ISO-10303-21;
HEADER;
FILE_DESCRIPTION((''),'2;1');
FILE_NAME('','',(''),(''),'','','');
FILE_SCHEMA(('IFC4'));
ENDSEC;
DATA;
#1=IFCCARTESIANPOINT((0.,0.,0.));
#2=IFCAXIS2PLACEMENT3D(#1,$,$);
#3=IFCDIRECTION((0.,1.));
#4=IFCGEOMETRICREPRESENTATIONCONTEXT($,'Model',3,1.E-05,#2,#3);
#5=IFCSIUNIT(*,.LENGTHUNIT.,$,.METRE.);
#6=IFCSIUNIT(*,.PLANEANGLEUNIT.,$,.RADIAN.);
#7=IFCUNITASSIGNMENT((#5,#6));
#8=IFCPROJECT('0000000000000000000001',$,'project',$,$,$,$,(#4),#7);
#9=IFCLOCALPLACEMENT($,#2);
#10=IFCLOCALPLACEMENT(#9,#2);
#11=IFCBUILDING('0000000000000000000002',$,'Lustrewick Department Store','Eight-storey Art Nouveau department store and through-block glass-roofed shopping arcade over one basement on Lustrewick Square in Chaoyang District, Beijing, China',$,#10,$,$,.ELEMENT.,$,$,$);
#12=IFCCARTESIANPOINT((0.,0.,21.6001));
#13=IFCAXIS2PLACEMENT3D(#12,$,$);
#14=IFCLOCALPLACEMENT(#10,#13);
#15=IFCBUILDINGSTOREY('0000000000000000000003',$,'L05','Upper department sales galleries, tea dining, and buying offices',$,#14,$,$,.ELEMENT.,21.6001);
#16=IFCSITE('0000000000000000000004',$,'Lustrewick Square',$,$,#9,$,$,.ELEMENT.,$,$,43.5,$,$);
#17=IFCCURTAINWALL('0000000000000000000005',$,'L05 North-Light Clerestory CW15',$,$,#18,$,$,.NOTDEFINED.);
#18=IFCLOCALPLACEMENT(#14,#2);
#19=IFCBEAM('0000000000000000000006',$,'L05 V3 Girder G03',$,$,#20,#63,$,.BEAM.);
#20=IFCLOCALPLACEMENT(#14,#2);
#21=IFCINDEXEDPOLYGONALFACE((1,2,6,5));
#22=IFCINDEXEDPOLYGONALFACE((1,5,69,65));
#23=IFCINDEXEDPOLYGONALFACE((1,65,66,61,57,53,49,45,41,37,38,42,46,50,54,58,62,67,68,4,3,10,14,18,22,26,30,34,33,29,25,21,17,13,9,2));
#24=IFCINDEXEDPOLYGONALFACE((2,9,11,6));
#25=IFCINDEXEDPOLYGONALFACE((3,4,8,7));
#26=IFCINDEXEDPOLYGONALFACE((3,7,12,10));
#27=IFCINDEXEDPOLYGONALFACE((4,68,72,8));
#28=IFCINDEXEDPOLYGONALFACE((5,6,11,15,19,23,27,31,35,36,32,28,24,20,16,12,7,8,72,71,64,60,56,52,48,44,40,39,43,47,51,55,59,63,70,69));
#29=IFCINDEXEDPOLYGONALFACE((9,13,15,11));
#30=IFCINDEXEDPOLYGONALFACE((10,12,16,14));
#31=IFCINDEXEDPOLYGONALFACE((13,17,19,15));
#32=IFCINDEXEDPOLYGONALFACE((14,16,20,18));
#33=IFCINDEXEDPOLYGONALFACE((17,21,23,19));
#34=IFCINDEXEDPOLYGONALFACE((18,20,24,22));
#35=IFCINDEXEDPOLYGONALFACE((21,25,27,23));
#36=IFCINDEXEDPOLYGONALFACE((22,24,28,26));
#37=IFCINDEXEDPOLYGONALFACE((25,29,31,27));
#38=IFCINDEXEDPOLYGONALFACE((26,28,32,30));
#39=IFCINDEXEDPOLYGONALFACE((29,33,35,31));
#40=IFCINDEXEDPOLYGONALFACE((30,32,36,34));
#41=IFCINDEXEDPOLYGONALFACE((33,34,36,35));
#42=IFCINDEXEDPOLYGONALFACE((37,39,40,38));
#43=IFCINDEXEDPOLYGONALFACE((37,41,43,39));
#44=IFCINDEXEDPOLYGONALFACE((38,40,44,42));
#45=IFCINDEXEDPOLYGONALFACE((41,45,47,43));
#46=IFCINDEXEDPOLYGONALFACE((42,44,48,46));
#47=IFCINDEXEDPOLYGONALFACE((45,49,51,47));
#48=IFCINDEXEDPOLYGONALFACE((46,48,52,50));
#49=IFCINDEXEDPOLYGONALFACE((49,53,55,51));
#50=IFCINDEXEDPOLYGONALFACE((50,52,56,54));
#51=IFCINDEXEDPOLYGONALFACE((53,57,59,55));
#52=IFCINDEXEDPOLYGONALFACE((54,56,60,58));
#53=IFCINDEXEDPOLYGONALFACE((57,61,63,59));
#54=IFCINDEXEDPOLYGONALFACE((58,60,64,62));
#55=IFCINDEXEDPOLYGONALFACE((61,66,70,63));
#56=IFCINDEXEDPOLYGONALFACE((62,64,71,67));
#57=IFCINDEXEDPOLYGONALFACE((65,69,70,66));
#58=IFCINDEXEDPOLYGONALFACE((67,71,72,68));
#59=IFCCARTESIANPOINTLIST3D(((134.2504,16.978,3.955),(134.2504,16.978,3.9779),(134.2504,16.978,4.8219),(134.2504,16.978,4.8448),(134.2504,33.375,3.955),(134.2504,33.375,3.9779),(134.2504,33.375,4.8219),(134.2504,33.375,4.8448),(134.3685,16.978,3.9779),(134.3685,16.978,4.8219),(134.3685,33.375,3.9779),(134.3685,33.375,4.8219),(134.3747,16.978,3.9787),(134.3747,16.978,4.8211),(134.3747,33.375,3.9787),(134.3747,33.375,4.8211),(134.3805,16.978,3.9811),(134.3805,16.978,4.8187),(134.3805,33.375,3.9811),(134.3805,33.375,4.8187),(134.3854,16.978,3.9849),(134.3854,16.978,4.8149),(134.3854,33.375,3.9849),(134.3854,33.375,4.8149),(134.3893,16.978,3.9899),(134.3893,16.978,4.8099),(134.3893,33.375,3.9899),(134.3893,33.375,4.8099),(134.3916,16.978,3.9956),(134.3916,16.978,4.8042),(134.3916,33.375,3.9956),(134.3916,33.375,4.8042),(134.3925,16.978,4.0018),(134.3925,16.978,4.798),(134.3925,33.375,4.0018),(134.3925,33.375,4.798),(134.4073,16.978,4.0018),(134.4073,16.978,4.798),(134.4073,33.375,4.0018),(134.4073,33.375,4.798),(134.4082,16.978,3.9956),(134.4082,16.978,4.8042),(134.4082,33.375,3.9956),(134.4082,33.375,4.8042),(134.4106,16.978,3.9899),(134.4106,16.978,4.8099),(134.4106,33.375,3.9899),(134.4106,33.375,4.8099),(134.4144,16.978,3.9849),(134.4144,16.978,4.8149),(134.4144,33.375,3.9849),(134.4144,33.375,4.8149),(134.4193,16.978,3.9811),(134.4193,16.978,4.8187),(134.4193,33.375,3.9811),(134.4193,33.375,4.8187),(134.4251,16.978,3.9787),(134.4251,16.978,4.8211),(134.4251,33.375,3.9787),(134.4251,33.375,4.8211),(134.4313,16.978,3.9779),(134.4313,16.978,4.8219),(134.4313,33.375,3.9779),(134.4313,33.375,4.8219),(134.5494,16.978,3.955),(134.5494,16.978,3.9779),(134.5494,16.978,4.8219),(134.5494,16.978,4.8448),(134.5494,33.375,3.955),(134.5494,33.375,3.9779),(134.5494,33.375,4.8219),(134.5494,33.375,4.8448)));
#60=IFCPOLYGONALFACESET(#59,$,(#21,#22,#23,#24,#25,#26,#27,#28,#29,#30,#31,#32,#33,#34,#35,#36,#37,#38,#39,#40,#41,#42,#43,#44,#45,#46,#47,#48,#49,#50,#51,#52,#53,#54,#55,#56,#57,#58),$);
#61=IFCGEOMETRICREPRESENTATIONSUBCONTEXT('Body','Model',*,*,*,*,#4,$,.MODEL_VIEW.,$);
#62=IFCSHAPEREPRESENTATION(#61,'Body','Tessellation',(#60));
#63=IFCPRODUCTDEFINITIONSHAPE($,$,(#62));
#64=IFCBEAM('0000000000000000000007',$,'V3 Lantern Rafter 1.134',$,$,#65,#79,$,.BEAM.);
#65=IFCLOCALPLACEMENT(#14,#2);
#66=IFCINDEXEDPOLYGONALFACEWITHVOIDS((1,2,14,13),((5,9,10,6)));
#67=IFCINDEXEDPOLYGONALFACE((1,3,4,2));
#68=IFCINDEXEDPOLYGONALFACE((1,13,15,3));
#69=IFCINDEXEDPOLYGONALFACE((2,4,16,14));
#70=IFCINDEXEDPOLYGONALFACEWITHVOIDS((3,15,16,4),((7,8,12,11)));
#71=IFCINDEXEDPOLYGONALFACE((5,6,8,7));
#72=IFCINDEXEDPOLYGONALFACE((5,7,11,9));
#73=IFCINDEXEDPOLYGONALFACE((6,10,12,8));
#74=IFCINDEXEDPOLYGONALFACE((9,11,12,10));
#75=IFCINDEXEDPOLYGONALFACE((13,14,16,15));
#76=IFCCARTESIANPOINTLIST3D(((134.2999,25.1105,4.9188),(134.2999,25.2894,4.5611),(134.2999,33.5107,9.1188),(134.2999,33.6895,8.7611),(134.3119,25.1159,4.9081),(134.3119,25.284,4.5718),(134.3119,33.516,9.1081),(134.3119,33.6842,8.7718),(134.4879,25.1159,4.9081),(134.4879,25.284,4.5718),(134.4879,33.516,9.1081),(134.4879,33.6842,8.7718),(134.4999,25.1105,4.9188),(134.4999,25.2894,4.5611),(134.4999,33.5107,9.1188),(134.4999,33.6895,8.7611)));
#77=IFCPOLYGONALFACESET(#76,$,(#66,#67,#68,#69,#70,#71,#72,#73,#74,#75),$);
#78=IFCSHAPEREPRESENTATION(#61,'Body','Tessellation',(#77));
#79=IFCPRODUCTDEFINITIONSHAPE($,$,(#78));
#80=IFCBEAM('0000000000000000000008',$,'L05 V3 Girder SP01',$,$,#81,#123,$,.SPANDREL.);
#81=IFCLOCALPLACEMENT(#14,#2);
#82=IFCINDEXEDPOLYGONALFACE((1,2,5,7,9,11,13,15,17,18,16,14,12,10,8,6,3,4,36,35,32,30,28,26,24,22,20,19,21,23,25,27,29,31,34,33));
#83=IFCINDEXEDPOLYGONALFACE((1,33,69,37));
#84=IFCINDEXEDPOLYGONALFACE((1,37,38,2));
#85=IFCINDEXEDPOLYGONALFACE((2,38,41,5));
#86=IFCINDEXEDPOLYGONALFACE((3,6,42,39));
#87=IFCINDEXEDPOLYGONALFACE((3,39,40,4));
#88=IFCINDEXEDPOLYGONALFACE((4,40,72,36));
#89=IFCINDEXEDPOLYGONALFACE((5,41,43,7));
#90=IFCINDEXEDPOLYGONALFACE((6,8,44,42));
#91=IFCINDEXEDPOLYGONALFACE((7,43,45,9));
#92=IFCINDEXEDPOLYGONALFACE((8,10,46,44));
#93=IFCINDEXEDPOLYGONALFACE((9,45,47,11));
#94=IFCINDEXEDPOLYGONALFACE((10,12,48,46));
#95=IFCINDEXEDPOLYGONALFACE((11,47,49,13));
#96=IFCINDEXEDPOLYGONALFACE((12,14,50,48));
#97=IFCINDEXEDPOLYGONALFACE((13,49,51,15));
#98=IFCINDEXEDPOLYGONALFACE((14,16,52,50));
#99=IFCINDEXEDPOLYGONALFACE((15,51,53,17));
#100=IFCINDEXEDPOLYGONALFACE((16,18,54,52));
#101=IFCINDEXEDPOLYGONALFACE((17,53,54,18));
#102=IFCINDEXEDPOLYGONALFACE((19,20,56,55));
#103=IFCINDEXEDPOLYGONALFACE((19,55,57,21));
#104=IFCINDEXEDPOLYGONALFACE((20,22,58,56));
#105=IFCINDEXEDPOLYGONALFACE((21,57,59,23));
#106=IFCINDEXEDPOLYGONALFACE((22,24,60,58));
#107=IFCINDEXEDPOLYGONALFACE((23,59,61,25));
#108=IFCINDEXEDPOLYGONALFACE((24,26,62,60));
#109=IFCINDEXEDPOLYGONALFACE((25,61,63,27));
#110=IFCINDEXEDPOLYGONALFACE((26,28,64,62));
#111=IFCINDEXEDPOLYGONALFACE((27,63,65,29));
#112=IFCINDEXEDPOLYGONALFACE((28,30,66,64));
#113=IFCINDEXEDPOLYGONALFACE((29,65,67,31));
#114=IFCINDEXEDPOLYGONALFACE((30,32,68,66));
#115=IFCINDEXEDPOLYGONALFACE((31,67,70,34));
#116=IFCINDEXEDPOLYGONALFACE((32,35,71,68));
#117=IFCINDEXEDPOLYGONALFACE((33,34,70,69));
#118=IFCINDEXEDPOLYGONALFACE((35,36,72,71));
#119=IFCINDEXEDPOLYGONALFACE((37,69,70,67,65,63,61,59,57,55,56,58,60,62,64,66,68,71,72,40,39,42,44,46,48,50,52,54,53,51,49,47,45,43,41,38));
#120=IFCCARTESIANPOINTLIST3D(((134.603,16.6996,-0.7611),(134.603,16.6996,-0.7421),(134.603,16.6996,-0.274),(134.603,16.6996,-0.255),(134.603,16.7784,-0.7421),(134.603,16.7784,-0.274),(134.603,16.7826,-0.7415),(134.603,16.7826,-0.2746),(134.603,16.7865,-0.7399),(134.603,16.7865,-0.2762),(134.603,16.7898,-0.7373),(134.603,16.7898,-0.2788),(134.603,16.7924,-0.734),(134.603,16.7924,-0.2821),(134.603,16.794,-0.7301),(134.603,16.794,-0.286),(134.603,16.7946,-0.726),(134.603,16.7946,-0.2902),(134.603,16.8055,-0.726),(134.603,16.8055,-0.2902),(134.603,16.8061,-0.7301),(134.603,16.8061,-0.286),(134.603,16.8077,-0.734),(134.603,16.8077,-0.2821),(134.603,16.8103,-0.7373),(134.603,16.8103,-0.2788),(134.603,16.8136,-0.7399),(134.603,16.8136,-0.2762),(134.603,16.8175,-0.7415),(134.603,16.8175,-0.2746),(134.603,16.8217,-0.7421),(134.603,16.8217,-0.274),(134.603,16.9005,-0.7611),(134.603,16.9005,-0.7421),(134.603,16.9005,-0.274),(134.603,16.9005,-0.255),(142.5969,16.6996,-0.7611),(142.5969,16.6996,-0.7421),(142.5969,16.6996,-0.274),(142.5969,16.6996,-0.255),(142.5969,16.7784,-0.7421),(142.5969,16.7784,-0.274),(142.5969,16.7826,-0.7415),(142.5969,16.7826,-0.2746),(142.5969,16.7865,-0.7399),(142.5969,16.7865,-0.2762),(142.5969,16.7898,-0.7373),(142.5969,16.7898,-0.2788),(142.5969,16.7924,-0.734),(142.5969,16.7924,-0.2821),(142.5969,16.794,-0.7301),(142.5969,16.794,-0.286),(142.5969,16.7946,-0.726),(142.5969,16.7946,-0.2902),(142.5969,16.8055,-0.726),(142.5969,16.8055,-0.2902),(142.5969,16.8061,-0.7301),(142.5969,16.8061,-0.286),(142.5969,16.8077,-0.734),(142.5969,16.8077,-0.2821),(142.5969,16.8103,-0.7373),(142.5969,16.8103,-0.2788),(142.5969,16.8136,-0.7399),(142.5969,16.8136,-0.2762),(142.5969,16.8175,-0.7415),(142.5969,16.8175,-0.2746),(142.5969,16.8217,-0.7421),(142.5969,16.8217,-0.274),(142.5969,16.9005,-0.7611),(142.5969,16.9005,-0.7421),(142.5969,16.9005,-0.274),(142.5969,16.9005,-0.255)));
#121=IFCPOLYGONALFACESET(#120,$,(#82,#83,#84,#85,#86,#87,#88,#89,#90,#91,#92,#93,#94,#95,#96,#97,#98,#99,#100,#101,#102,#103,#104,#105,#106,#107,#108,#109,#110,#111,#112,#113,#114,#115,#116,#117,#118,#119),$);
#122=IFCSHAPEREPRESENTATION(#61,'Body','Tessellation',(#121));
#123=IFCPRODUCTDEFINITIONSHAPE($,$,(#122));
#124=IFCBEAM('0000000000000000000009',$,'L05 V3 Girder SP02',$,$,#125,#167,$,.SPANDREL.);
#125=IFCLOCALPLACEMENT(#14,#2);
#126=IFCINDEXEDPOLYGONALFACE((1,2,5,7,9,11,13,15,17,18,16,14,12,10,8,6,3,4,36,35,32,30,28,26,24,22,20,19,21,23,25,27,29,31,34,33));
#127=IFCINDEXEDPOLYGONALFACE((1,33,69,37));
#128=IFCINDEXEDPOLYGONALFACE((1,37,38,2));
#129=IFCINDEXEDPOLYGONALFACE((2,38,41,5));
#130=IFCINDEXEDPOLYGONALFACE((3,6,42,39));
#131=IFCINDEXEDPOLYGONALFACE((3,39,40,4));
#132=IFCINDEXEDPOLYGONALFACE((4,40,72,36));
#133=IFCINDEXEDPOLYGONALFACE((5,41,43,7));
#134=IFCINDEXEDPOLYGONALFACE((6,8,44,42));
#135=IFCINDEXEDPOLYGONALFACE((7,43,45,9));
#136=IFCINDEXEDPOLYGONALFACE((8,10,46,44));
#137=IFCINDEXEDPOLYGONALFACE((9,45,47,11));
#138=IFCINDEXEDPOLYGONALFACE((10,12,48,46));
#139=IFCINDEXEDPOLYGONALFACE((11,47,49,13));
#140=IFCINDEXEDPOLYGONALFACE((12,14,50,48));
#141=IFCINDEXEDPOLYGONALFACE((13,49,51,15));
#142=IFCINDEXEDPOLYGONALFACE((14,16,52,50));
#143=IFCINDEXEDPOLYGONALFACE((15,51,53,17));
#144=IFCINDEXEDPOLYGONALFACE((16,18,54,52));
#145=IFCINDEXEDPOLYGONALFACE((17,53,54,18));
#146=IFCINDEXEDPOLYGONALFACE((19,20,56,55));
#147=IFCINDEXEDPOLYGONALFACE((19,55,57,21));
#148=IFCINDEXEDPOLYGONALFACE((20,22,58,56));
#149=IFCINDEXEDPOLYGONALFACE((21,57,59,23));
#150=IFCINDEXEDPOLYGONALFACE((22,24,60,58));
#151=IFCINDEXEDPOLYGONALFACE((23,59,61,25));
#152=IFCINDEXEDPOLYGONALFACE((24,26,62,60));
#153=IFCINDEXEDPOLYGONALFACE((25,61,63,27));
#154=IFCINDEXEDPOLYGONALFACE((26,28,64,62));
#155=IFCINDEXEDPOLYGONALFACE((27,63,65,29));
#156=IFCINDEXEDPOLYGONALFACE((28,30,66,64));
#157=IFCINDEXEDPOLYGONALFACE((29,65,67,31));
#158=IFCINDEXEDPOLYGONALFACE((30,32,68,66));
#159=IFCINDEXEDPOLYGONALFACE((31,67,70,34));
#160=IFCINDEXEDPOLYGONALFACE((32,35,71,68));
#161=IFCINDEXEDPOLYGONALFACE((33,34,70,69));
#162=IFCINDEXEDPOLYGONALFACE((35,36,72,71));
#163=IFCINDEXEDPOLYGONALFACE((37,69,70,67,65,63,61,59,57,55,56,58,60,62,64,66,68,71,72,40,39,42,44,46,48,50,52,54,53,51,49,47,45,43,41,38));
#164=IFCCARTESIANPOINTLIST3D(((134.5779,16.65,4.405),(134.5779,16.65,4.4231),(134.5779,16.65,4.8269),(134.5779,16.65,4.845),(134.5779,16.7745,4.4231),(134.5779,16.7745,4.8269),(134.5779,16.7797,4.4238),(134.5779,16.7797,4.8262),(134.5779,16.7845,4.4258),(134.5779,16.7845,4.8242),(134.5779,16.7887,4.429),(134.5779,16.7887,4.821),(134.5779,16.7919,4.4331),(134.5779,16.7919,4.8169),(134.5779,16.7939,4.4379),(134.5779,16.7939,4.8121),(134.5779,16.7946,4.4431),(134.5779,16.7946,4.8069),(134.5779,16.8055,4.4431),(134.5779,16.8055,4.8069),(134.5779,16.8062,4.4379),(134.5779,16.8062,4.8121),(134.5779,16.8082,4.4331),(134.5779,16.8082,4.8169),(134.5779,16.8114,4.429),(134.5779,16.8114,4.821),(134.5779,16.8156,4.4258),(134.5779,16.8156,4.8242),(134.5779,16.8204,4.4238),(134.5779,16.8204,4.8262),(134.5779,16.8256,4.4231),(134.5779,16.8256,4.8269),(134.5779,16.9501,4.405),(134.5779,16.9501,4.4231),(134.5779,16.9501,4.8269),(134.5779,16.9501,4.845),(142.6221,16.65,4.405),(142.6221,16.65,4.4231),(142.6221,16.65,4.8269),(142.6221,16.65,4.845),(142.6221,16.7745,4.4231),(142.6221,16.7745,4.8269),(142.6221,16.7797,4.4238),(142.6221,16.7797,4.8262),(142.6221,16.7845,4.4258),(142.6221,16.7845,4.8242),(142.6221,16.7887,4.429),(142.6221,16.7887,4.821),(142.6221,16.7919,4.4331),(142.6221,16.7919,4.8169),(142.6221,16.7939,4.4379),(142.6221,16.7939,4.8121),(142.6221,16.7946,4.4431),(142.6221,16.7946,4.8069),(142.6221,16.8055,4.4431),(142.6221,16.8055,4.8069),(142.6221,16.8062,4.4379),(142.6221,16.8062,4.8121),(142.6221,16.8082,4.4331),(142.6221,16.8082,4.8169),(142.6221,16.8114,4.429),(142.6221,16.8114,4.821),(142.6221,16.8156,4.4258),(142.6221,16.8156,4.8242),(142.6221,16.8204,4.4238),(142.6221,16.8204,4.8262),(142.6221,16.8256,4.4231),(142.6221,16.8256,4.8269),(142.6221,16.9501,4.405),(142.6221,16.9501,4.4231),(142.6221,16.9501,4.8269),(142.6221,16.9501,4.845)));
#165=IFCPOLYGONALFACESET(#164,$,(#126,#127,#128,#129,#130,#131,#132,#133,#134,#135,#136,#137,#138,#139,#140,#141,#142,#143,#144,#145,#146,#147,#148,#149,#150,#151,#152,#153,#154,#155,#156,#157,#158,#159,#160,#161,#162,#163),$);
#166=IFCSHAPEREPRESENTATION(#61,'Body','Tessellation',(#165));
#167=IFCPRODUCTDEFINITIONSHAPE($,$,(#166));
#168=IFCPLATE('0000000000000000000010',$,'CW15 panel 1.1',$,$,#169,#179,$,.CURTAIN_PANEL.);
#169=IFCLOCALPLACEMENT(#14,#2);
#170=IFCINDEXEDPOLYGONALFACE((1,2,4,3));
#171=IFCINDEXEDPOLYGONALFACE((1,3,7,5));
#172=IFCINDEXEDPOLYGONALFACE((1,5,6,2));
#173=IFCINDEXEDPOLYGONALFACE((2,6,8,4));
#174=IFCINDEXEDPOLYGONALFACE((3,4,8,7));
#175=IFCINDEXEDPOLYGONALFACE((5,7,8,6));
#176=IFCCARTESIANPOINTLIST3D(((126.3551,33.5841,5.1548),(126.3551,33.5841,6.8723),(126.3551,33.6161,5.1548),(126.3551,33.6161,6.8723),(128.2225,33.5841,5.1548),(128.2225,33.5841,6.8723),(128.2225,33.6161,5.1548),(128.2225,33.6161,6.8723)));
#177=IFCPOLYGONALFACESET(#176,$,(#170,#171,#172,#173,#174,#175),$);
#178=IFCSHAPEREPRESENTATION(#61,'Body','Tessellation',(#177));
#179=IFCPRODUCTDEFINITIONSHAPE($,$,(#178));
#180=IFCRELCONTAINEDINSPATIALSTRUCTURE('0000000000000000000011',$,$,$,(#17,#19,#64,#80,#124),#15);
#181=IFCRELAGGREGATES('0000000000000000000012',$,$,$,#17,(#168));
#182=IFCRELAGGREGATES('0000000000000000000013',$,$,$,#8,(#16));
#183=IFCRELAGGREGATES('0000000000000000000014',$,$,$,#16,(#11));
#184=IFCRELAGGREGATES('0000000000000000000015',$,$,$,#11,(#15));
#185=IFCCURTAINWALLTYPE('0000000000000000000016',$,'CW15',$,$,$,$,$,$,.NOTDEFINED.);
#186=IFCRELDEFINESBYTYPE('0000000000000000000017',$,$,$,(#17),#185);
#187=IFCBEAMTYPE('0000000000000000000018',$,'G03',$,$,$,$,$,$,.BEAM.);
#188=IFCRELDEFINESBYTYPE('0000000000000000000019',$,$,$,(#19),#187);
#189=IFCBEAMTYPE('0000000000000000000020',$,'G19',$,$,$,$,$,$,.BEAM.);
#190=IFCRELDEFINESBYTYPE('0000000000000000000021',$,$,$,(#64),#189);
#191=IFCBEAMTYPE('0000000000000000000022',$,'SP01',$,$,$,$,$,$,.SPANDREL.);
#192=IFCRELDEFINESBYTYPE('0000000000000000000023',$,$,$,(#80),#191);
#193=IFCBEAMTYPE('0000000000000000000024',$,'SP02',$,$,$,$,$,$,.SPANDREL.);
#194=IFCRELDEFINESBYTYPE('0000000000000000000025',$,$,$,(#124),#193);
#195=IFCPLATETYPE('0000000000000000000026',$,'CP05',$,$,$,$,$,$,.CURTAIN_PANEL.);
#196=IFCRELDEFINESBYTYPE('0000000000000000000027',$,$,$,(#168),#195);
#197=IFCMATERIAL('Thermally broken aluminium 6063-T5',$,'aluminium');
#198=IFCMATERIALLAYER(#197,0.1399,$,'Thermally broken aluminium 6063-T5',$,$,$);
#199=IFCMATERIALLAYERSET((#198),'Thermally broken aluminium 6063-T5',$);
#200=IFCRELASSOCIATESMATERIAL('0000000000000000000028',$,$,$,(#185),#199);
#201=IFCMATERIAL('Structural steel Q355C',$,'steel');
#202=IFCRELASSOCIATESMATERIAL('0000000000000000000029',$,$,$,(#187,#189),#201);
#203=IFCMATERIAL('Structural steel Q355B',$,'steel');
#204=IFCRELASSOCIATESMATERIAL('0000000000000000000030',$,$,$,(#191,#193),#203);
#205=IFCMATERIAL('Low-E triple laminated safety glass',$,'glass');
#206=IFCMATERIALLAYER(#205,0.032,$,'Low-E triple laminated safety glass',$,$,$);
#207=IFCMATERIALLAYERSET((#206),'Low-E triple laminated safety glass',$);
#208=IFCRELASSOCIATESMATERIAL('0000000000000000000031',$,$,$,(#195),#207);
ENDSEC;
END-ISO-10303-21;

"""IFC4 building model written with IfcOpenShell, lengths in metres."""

from ifc_helpers import new_model, si_unit, direction, frame, origin, origin_2d, place, context, subcontext, project, spatial, rectangle, hollow_rectangle, i_section, extrude, material, layer, layer_set, material_profile, profile_set, type_object, element, aggregate, save


model = new_model("IFC4")

# Units and contexts
model_context = context("Model", 3, precision=1e-05, world=origin(), true_north=direction((0.0, 1.0)))
body_context = subcontext(model_context, "Body", "Model", "MODEL_VIEW")
ifc_project = project(units=[si_unit("LENGTHUNIT", "METRE"), si_unit("PLANEANGLEUNIT", "RADIAN")], contexts=[model_context])

# Site, building, storey
site_placement = place(None, origin())
site = spatial("IfcSite", under=ifc_project, at=site_placement, Name="Lustrewick Square", CompositionType="ELEMENT", RefElevation=43.5)
building_placement = place(site_placement, origin())
building = spatial("IfcBuilding", under=site, at=building_placement, Name="Lustrewick Department Store", Description="Eight-storey Art Nouveau department store and through-block glass-roofed shopping arcade over one basement on Lustrewick Square in Chaoyang District, Beijing, China", CompositionType="ELEMENT")
storey_placement = place(building_placement, frame((0.0, 0.0, 21.6001)))
storey = spatial("IfcBuildingStorey", under=building, at=storey_placement, Name="L05", Description="Upper department sales galleries, tea dining, and buying offices", CompositionType="ELEMENT", Elevation=21.6001)

# Shared definitions
ifc_material_1 = material(Name="Structural steel Q355B", Category="steel")

# Curtain wall
ifc_material_2 = material(Name="Thermally broken aluminium 6063-T5", Category="aluminium")
ifc_layer_1 = layer(ifc_material_2, 0.1399, Name="Thermally broken aluminium 6063-T5")
ifc_layer_set_1 = layer_set([ifc_layer_1], Name="Thermally broken aluminium 6063-T5")
curtain_wall_type = type_object("IfcCurtainWallType", Name="CW15", PredefinedType="NOTDEFINED", material=ifc_layer_set_1)
curtain_wall_placement = place(storey_placement, origin())
curtain_wall = element("IfcCurtainWall", 1, at=curtain_wall_placement, inside=storey, type_object=curtain_wall_type, Name="L05 North-Light Clerestory CW15", PredefinedType="NOTDEFINED")

# Beams
ifc_material_3 = material(Name="Structural steel Q355C", Category="steel")
ifc_material_profile_1 = material_profile(ifc_material_3, i_section(OverallWidth=0.2991, OverallDepth=0.8899, WebThickness=0.0149, FlangeThickness=0.0229, FilletRadius=0.0239, at=origin_2d()), Name="HN 890x299x15x23")
ifc_profile_set_1 = profile_set([ifc_material_profile_1], Name="Structural steel Q355C")
beam_type_1 = type_object("IfcBeamType", Name="G03", PredefinedType="BEAM", material=ifc_profile_set_1)
beam_1_placement = place(storey_placement, frame((134.3999, 16.978, 4.3999), z_axis=(0.0, 1.0, 0.0), x_axis=(-1.0, 0.0, 0.0)))
element("IfcBeam", 2, at=beam_1_placement, inside=storey, type_object=beam_type_1, Name="L05 V3 Girder G03", PredefinedType="BEAM", context=body_context, shape_type="SweptSolid", body=[
    extrude(i_section(OverallWidth=0.2991, OverallDepth=0.8899, WebThickness=0.0149, FlangeThickness=0.0229, FilletRadius=0.0239, at=origin_2d()), origin(), (0.0, 0.0, 1.0), 16.397),
])
ifc_material_profile_2 = material_profile(ifc_material_3, hollow_rectangle(XDim=0.2, YDim=0.3999, WallThickness=0.012, at=origin_2d()), Name="RHS 400x200x12")
ifc_profile_set_2 = profile_set([ifc_material_profile_2], Name="Structural steel Q355C")
beam_type_2 = type_object("IfcBeamType", Name="G19", PredefinedType="BEAM", material=ifc_profile_set_2)
beam_2_placement = place(storey_placement, frame((134.3999, 25.2, 4.74), z_axis=(0.0, 0.894432, 0.447203), x_axis=(-1.0, 0.0, 0.0)))
element("IfcBeam", 3, at=beam_2_placement, inside=storey, type_object=beam_type_2, Name="V3 Lantern Rafter 1.134", PredefinedType="BEAM", context=body_context, shape_type="SweptSolid", body=[
    extrude(hollow_rectangle(XDim=0.2, YDim=0.3999, WallThickness=0.012, at=origin_2d()), origin(), (0.0, 0.0, 1.0), 9.3916),
])
ifc_material_profile_3 = material_profile(ifc_material_1, i_section(OverallWidth=0.2009, OverallDepth=0.5061, WebThickness=0.011, FlangeThickness=0.019, FilletRadius=0.0161, at=origin_2d()), Name="HN 506x201x11x19")
ifc_profile_set_3 = profile_set([ifc_material_profile_3], Name="Structural steel Q355B")
beam_type_3 = type_object("IfcBeamType", Name="SP01", PredefinedType="SPANDREL", material=ifc_profile_set_3)
beam_3_placement = place(storey_placement, frame((134.603, 16.8, -0.5081), z_axis=(1.0, 0.0, 0.0), x_axis=(0.0, 1.0, 0.0)))
element("IfcBeam", 4, at=beam_3_placement, inside=storey, type_object=beam_type_3, Name="L05 V3 Girder SP01", PredefinedType="SPANDREL", context=body_context, shape_type="SweptSolid", body=[
    extrude(i_section(OverallWidth=0.2009, OverallDepth=0.5061, WebThickness=0.011, FlangeThickness=0.019, FilletRadius=0.0161, at=origin_2d()), origin(), (0.0, 0.0, 1.0), 7.9939),
])
ifc_material_profile_4 = material_profile(ifc_material_1, i_section(OverallWidth=0.3, OverallDepth=0.4399, WebThickness=0.011, FlangeThickness=0.0181, FilletRadius=0.02, at=origin_2d()), Name="HM 440x300x11x18")
ifc_profile_set_4 = profile_set([ifc_material_profile_4], Name="Structural steel Q355B")
beam_type_4 = type_object("IfcBeamType", Name="SP02", PredefinedType="SPANDREL", material=ifc_profile_set_4)
beam_4_placement = place(storey_placement, frame((134.5779, 16.8, 4.625), z_axis=(1.0, 0.0, 0.0), x_axis=(0.0, 1.0, 0.0)))
element("IfcBeam", 5, at=beam_4_placement, inside=storey, type_object=beam_type_4, Name="L05 V3 Girder SP02", PredefinedType="SPANDREL", context=body_context, shape_type="SweptSolid", body=[
    extrude(i_section(OverallWidth=0.3, OverallDepth=0.4399, WebThickness=0.011, FlangeThickness=0.0181, FilletRadius=0.02, at=origin_2d()), origin(), (0.0, 0.0, 1.0), 8.0442),
])

# Plate
ifc_material_4 = material(Name="Low-E triple laminated safety glass", Category="glass")
ifc_layer_2 = layer(ifc_material_4, 0.032, Name="Low-E triple laminated safety glass")
ifc_layer_set_2 = layer_set([ifc_layer_2], Name="Low-E triple laminated safety glass")
plate_type = type_object("IfcPlateType", Name="CP05", PredefinedType="CURTAIN_PANEL", material=ifc_layer_set_2)
plate_1_placement = place(storey_placement, frame((127.2888, 33.6001, 5.1548), z_axis=(0.0, 0.0, 1.0), x_axis=(1.0, 0.0, 0.0)))
plate_1 = element("IfcPlate", 6, at=plate_1_placement, type_object=plate_type, Name="CW15 panel 1.1", PredefinedType="CURTAIN_PANEL", context=body_context, shape_type="SweptSolid", body=[
    extrude(rectangle(XDim=1.8674, YDim=0.032, at=origin_2d()), origin(), (0.0, 0.0, 1.0), 1.7175),
])
aggregate(curtain_wall, [plate_1])

save(model, "model.ifc")
